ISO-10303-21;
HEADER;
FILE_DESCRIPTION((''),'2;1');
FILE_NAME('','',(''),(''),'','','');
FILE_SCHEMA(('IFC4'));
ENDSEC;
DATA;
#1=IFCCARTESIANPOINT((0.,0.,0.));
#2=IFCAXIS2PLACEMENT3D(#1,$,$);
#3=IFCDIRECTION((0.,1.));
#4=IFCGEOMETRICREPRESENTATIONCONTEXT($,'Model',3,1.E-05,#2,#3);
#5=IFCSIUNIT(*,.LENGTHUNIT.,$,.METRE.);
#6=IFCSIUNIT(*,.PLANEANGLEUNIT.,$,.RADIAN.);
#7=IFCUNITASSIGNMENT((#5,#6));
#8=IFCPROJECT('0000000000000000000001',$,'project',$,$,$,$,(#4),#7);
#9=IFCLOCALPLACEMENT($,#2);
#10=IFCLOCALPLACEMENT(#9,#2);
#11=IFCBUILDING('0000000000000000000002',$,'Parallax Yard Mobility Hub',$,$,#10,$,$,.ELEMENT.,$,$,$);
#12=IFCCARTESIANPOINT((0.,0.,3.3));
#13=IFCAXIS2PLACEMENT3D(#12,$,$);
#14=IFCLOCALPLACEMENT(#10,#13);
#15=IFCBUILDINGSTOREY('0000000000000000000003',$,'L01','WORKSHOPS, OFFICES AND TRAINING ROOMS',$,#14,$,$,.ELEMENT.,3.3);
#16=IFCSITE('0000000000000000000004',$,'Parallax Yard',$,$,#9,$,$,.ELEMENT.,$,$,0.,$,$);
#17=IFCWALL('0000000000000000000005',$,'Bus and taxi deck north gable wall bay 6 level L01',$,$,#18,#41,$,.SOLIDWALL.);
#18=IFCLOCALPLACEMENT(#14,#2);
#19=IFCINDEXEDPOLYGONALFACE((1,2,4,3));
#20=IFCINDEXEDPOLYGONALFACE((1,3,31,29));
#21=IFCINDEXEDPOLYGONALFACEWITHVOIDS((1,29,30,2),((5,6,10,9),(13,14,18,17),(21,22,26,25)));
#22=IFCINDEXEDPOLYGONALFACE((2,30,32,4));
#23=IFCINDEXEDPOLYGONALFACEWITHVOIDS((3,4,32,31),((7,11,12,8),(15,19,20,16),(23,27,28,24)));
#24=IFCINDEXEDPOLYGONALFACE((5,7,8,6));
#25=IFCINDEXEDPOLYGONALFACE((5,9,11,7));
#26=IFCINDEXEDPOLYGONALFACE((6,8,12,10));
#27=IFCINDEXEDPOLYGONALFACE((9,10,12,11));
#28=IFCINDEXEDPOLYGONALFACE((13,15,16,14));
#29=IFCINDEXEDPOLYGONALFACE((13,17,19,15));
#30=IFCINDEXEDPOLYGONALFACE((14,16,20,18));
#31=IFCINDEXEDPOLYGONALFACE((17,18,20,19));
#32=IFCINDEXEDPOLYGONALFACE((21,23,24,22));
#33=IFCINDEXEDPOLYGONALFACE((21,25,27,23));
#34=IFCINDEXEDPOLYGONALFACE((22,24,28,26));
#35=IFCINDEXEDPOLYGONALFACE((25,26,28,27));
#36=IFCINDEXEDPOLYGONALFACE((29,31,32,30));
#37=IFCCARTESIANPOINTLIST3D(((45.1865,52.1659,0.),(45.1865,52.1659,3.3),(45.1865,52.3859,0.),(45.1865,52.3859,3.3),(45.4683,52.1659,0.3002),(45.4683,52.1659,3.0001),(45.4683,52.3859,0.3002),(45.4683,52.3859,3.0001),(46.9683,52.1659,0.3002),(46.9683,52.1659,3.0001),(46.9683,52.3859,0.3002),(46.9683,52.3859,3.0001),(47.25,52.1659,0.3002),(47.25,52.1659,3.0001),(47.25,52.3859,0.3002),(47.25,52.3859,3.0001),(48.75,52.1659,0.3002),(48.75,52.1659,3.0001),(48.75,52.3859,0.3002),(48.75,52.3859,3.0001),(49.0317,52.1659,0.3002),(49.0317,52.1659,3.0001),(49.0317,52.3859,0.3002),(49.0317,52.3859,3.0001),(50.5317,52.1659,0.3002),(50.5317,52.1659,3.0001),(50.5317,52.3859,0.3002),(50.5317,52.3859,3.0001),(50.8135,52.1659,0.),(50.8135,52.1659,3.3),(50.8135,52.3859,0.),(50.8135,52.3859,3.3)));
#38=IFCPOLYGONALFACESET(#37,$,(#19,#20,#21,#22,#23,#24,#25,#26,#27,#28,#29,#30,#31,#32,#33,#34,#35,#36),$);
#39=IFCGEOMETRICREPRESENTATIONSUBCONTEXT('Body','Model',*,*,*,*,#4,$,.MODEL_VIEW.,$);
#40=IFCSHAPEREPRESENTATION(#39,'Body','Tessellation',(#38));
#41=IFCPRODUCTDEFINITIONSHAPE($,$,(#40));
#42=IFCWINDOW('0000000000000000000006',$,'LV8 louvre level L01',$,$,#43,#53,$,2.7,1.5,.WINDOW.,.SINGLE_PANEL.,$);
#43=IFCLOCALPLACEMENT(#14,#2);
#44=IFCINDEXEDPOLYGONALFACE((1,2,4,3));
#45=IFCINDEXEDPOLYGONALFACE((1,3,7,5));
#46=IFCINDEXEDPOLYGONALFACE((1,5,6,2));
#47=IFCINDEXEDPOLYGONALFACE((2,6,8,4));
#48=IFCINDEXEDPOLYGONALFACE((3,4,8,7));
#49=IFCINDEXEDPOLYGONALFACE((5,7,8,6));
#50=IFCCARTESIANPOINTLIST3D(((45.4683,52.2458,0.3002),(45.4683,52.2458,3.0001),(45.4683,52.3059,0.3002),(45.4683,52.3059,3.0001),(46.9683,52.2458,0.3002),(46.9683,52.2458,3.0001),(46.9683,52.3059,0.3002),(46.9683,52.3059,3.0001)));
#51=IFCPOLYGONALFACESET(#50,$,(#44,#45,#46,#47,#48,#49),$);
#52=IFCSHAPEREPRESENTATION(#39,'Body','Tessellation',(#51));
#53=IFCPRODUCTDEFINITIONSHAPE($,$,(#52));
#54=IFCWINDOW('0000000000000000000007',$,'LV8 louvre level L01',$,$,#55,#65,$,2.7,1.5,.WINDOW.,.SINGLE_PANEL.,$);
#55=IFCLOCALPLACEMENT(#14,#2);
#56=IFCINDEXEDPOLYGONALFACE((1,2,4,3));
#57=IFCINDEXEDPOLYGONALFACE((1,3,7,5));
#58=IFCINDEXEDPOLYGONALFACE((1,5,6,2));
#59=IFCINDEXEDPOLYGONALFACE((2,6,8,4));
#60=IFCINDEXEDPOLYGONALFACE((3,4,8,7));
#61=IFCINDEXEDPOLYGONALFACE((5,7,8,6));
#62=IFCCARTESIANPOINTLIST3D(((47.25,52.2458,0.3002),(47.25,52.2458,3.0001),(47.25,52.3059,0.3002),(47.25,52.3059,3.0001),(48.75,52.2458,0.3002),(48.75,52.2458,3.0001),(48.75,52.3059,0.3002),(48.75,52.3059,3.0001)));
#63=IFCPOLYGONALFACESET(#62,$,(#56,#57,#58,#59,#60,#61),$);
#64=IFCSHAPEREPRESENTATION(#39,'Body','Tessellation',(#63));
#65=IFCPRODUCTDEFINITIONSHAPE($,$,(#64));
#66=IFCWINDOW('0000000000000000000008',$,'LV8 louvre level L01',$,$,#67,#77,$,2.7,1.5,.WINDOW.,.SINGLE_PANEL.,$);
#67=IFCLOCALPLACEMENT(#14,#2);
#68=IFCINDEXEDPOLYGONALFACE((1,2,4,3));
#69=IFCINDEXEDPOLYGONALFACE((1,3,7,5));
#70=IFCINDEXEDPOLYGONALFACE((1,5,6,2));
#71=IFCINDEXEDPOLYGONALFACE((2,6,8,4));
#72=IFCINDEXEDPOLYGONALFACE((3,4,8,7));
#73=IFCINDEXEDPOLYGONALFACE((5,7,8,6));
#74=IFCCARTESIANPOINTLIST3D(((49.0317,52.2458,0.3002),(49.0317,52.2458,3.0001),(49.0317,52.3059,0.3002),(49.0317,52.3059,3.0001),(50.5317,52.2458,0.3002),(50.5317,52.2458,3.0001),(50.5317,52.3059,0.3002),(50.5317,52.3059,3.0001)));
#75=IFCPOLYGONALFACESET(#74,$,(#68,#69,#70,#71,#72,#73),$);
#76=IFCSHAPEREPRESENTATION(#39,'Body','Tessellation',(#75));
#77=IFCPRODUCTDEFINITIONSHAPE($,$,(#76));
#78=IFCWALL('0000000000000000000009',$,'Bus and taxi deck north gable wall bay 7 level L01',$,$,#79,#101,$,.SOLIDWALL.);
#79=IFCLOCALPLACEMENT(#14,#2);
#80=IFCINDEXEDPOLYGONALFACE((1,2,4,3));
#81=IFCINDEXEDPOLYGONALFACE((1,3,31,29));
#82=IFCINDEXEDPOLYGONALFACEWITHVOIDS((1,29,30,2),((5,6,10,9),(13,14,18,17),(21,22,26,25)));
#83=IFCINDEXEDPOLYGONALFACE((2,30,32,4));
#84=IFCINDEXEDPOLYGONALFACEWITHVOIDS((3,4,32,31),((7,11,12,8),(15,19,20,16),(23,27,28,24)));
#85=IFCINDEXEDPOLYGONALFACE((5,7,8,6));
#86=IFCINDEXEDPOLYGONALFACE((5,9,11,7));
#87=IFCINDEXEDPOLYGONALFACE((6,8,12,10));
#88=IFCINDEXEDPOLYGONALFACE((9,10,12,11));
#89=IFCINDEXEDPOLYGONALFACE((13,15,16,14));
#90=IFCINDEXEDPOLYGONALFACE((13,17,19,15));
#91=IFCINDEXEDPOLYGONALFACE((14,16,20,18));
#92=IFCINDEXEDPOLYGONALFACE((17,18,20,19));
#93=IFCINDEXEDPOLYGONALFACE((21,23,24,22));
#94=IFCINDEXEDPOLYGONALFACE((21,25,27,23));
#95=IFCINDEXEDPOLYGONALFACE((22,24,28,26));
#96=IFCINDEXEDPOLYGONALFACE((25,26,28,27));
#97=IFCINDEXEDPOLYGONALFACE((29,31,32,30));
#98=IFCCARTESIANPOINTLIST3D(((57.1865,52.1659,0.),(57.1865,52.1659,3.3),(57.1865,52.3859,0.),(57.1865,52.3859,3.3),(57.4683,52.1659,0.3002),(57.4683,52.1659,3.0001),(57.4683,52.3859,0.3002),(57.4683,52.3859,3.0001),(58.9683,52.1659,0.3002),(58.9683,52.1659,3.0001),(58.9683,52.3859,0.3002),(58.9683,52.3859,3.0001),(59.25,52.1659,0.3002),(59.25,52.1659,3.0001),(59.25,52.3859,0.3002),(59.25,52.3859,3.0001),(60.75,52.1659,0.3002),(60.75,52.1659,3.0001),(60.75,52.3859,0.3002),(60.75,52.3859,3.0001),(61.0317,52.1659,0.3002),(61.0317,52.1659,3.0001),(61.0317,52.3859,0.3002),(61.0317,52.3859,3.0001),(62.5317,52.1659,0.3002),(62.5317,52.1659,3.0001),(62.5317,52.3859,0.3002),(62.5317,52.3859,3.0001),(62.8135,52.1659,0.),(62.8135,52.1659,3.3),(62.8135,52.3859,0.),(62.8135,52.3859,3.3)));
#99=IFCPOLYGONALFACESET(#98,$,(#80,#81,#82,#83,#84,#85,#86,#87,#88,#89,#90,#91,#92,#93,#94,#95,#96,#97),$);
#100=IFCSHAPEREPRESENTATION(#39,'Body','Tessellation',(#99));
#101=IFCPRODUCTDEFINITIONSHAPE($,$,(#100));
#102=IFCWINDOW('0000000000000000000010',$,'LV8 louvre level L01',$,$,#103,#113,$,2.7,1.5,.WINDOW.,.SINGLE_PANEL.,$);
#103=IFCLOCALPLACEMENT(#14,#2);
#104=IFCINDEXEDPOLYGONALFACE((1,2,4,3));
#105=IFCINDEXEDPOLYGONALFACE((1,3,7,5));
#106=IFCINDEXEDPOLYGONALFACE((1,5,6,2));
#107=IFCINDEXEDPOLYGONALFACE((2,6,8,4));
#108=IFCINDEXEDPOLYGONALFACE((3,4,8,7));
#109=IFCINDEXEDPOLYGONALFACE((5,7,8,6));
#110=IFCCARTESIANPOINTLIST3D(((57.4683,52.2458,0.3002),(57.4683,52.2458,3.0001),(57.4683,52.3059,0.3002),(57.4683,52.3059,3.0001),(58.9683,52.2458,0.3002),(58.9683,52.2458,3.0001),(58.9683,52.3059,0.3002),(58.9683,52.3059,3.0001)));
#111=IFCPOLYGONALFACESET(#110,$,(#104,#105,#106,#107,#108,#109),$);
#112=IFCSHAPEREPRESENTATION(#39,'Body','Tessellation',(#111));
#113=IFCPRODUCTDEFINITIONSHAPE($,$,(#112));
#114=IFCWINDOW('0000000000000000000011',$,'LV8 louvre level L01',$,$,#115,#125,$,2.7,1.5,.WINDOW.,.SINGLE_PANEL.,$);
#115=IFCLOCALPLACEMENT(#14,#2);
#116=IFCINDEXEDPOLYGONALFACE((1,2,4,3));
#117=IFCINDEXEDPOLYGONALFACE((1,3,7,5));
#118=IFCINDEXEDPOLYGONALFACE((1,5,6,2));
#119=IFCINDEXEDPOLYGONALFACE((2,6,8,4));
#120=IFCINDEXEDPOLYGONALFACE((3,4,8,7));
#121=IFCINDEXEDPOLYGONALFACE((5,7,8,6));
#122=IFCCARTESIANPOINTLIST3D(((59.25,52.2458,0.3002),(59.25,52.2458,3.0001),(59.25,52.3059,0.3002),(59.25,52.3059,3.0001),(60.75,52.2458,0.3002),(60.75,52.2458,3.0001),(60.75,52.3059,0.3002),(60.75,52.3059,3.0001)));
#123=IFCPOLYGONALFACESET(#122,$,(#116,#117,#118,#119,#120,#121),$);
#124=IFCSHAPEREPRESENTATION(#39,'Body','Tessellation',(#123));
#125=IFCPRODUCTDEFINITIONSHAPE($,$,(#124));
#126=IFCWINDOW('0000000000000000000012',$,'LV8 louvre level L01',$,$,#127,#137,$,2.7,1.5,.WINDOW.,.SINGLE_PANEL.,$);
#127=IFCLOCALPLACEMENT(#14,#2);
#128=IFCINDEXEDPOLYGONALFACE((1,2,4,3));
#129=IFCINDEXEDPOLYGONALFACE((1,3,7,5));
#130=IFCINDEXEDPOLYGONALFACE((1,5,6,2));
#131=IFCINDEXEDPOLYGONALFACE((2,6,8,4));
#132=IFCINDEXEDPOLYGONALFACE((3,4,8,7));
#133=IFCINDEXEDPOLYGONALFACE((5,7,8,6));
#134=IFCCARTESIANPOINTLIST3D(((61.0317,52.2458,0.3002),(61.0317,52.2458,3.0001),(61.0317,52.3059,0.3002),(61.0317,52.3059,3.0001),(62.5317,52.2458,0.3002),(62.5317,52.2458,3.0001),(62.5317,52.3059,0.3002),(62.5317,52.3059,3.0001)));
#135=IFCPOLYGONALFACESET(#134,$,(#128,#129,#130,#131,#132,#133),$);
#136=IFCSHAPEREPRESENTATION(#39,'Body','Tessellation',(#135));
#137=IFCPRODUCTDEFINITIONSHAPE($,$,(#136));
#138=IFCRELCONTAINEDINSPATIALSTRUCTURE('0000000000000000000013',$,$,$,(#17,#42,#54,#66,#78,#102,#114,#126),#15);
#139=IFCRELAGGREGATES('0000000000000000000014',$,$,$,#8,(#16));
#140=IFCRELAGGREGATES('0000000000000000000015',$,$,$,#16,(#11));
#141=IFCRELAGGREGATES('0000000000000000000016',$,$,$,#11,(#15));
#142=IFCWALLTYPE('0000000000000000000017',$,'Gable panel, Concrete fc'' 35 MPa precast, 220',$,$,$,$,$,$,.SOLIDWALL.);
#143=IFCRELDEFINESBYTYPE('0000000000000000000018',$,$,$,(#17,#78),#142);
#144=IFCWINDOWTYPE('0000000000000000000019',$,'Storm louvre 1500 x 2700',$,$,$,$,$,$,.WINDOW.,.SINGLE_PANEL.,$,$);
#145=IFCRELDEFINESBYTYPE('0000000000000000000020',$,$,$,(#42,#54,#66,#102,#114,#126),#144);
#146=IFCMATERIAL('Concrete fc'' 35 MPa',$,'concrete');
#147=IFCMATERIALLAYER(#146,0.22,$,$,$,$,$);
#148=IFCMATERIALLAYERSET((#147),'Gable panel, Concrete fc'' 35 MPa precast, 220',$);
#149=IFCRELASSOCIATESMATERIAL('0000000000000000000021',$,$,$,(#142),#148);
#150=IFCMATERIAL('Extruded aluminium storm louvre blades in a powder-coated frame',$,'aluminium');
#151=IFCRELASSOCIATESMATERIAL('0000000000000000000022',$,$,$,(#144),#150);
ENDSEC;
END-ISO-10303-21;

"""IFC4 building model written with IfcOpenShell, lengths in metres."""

from ifc_helpers import new_model, si_unit, direction, frame, frame_2d, origin, place, context, subcontext, project, spatial, rectangle, extrude, material, layer, layer_set, type_object, element, fill, save


model = new_model("IFC4")

# Units and contexts
model_context = context("Model", 3, precision=1e-05, world=origin(), true_north=direction((0.0, 1.0)))
body_context = subcontext(model_context, "Body", "Model", "MODEL_VIEW")
ifc_project = project(units=[si_unit("LENGTHUNIT", "METRE"), si_unit("PLANEANGLEUNIT", "RADIAN")], contexts=[model_context])

# Site, building, storey
site_placement = place(None, origin())
site = spatial("IfcSite", under=ifc_project, at=site_placement, Name="Parallax Yard", CompositionType="ELEMENT", RefElevation=0.0)
building_placement = place(site_placement, origin())
building = spatial("IfcBuilding", under=site, at=building_placement, Name="Parallax Yard Mobility Hub", CompositionType="ELEMENT")
storey_placement = place(building_placement, frame((0.0, 0.0, 3.3)))
storey = spatial("IfcBuildingStorey", under=building, at=storey_placement, Name="L01", Description="WORKSHOPS, OFFICES AND TRAINING ROOMS", CompositionType="ELEMENT", Elevation=3.3)

# Walls, openings, windows
ifc_material_1 = material(Name="Concrete fc' 35 MPa", Category="concrete")
ifc_layer = layer(ifc_material_1, 0.22)
ifc_layer_set = layer_set([ifc_layer], Name="Gable panel, Concrete fc' 35 MPa precast, 220")
wall_type = type_object("IfcWallType", Name="Gable panel, Concrete fc' 35 MPa precast, 220", PredefinedType="SOLIDWALL", material=ifc_layer_set)
ifc_material_2 = material(Name="Extruded aluminium storm louvre blades in a powder-coated frame", Category="aluminium")
window_type = type_object("IfcWindowType", Name="Storm louvre 1500 x 2700", PartitioningType="SINGLE_PANEL", PredefinedType="WINDOW", material=ifc_material_2)
wall_1_placement = place(storey_placement, frame((45.1865, 52.2759, 0.0), z_axis=(0.0, 0.0, 1.0), x_axis=(1.0, 0.0, 0.0)))
wall_1 = element("IfcWall", 1, at=wall_1_placement, inside=storey, type_object=wall_type, Name="Bus and taxi deck north gable wall bay 6 level L01", PredefinedType="SOLIDWALL", context=body_context, shape_type="SweptSolid", body=[
    extrude(rectangle(XDim=5.627, YDim=0.22, at=frame_2d((2.8135, 0.0))), origin(), (0.0, 0.0, 1.0), 3.3),
])
opening_1_placement = place(wall_1_placement, frame((0.2817, 0.0, 0.3)))
opening_1 = element("IfcOpeningElement", 2, at=opening_1_placement, cuts=wall_1, PredefinedType="OPENING", context=body_context, shape_type="SweptSolid", body=[
    extrude(rectangle(XDim=1.5, YDim=2.7, at=frame_2d((0.75, 1.3501))), frame((0.0, 0.1201, 0.0), z_axis=(0.0, -1.0, 0.0), x_axis=(1.0, 0.0, 0.0)), (0.0, 0.0, 1.0), 0.24),
])
opening_2_placement = place(wall_1_placement, frame((2.0635, 0.0, 0.3)))
opening_2 = element("IfcOpeningElement", 3, at=opening_2_placement, cuts=wall_1, PredefinedType="OPENING", context=body_context, shape_type="SweptSolid", body=[
    extrude(rectangle(XDim=1.5, YDim=2.7, at=frame_2d((0.75, 1.3501))), frame((0.0, 0.1201, 0.0), z_axis=(0.0, -1.0, 0.0), x_axis=(1.0, 0.0, 0.0)), (0.0, 0.0, 1.0), 0.24),
])
opening_3_placement = place(wall_1_placement, frame((3.8452, 0.0, 0.3)))
opening_3 = element("IfcOpeningElement", 4, at=opening_3_placement, cuts=wall_1, PredefinedType="OPENING", context=body_context, shape_type="SweptSolid", body=[
    extrude(rectangle(XDim=1.5, YDim=2.7, at=frame_2d((0.75, 1.3501))), frame((0.0, 0.1201, 0.0), z_axis=(0.0, -1.0, 0.0), x_axis=(1.0, 0.0, 0.0)), (0.0, 0.0, 1.0), 0.24),
])
window_1_placement = place(opening_1_placement, origin())
window_1 = element("IfcWindow", 5, at=window_1_placement, inside=storey, type_object=window_type, Name="LV8 louvre level L01", OverallHeight=2.7, OverallWidth=1.5, PartitioningType="SINGLE_PANEL", PredefinedType="WINDOW", context=body_context, shape_type="SweptSolid", body=[
    extrude(rectangle(XDim=1.5, YDim=2.7, at=frame_2d((0.75, 1.3501))), frame((0.0, 0.03, 0.0), z_axis=(0.0, -1.0, 0.0), x_axis=(1.0, 0.0, 0.0)), (0.0, 0.0, 1.0), 0.0601),
])
fill(opening_1, window_1)
window_2_placement = place(opening_2_placement, origin())
window_2 = element("IfcWindow", 6, at=window_2_placement, inside=storey, type_object=window_type, Name="LV8 louvre level L01", OverallHeight=2.7, OverallWidth=1.5, PartitioningType="SINGLE_PANEL", PredefinedType="WINDOW", context=body_context, shape_type="SweptSolid", body=[
    extrude(rectangle(XDim=1.5, YDim=2.7, at=frame_2d((0.75, 1.3501))), frame((0.0, 0.03, 0.0), z_axis=(0.0, -1.0, 0.0), x_axis=(1.0, 0.0, 0.0)), (0.0, 0.0, 1.0), 0.0601),
])
fill(opening_2, window_2)
window_3_placement = place(opening_3_placement, origin())
window_3 = element("IfcWindow", 7, at=window_3_placement, inside=storey, type_object=window_type, Name="LV8 louvre level L01", OverallHeight=2.7, OverallWidth=1.5, PartitioningType="SINGLE_PANEL", PredefinedType="WINDOW", context=body_context, shape_type="SweptSolid", body=[
    extrude(rectangle(XDim=1.5, YDim=2.7, at=frame_2d((0.75, 1.3501))), frame((0.0, 0.03, 0.0), z_axis=(0.0, -1.0, 0.0), x_axis=(1.0, 0.0, 0.0)), (0.0, 0.0, 1.0), 0.0601),
])
fill(opening_3, window_3)
wall_2_placement = place(storey_placement, frame((57.1865, 52.2759, 0.0), z_axis=(0.0, 0.0, 1.0), x_axis=(1.0, 0.0, 0.0)))
wall_2 = element("IfcWall", 8, at=wall_2_placement, inside=storey, type_object=wall_type, Name="Bus and taxi deck north gable wall bay 7 level L01", PredefinedType="SOLIDWALL", context=body_context, shape_type="SweptSolid", body=[
    extrude(rectangle(XDim=5.627, YDim=0.22, at=frame_2d((2.8135, 0.0))), origin(), (0.0, 0.0, 1.0), 3.3),
])
opening_4_placement = place(wall_2_placement, frame((0.2817, 0.0, 0.3)))
opening_4 = element("IfcOpeningElement", 9, at=opening_4_placement, cuts=wall_2, PredefinedType="OPENING", context=body_context, shape_type="SweptSolid", body=[
    extrude(rectangle(XDim=1.5, YDim=2.7, at=frame_2d((0.75, 1.3501))), frame((0.0, 0.1201, 0.0), z_axis=(0.0, -1.0, 0.0), x_axis=(1.0, 0.0, 0.0)), (0.0, 0.0, 1.0), 0.24),
])
opening_5_placement = place(wall_2_placement, frame((2.0635, 0.0, 0.3)))
opening_5 = element("IfcOpeningElement", 10, at=opening_5_placement, cuts=wall_2, PredefinedType="OPENING", context=body_context, shape_type="SweptSolid", body=[
    extrude(rectangle(XDim=1.5, YDim=2.7, at=frame_2d((0.75, 1.3501))), frame((0.0, 0.1201, 0.0), z_axis=(0.0, -1.0, 0.0), x_axis=(1.0, 0.0, 0.0)), (0.0, 0.0, 1.0), 0.24),
])
opening_6_placement = place(wall_2_placement, frame((3.8452, 0.0, 0.3)))
opening_6 = element("IfcOpeningElement", 11, at=opening_6_placement, cuts=wall_2, PredefinedType="OPENING", context=body_context, shape_type="SweptSolid", body=[
    extrude(rectangle(XDim=1.5, YDim=2.7, at=frame_2d((0.75, 1.3501))), frame((0.0, 0.1201, 0.0), z_axis=(0.0, -1.0, 0.0), x_axis=(1.0, 0.0, 0.0)), (0.0, 0.0, 1.0), 0.24),
])
window_4_placement = place(opening_4_placement, origin())
window_4 = element("IfcWindow", 12, at=window_4_placement, inside=storey, type_object=window_type, Name="LV8 louvre level L01", OverallHeight=2.7, OverallWidth=1.5, PartitioningType="SINGLE_PANEL", PredefinedType="WINDOW", context=body_context, shape_type="SweptSolid", body=[
    extrude(rectangle(XDim=1.5, YDim=2.7, at=frame_2d((0.75, 1.3501))), frame((0.0, 0.03, 0.0), z_axis=(0.0, -1.0, 0.0), x_axis=(1.0, 0.0, 0.0)), (0.0, 0.0, 1.0), 0.0601),
])
fill(opening_4, window_4)
window_5_placement = place(opening_5_placement, origin())
window_5 = element("IfcWindow", 13, at=window_5_placement, inside=storey, type_object=window_type, Name="LV8 louvre level L01", OverallHeight=2.7, OverallWidth=1.5, PartitioningType="SINGLE_PANEL", PredefinedType="WINDOW", context=body_context, shape_type="SweptSolid", body=[
    extrude(rectangle(XDim=1.5, YDim=2.7, at=frame_2d((0.75, 1.3501))), frame((0.0, 0.03, 0.0), z_axis=(0.0, -1.0, 0.0), x_axis=(1.0, 0.0, 0.0)), (0.0, 0.0, 1.0), 0.0601),
])
fill(opening_5, window_5)
window_6_placement = place(opening_6_placement, origin())
window_6 = element("IfcWindow", 14, at=window_6_placement, inside=storey, type_object=window_type, Name="LV8 louvre level L01", OverallHeight=2.7, OverallWidth=1.5, PartitioningType="SINGLE_PANEL", PredefinedType="WINDOW", context=body_context, shape_type="SweptSolid", body=[
    extrude(rectangle(XDim=1.5, YDim=2.7, at=frame_2d((0.75, 1.3501))), frame((0.0, 0.03, 0.0), z_axis=(0.0, -1.0, 0.0), x_axis=(1.0, 0.0, 0.0)), (0.0, 0.0, 1.0), 0.0601),
])
fill(opening_6, window_6)

save(model, "model.ifc")
